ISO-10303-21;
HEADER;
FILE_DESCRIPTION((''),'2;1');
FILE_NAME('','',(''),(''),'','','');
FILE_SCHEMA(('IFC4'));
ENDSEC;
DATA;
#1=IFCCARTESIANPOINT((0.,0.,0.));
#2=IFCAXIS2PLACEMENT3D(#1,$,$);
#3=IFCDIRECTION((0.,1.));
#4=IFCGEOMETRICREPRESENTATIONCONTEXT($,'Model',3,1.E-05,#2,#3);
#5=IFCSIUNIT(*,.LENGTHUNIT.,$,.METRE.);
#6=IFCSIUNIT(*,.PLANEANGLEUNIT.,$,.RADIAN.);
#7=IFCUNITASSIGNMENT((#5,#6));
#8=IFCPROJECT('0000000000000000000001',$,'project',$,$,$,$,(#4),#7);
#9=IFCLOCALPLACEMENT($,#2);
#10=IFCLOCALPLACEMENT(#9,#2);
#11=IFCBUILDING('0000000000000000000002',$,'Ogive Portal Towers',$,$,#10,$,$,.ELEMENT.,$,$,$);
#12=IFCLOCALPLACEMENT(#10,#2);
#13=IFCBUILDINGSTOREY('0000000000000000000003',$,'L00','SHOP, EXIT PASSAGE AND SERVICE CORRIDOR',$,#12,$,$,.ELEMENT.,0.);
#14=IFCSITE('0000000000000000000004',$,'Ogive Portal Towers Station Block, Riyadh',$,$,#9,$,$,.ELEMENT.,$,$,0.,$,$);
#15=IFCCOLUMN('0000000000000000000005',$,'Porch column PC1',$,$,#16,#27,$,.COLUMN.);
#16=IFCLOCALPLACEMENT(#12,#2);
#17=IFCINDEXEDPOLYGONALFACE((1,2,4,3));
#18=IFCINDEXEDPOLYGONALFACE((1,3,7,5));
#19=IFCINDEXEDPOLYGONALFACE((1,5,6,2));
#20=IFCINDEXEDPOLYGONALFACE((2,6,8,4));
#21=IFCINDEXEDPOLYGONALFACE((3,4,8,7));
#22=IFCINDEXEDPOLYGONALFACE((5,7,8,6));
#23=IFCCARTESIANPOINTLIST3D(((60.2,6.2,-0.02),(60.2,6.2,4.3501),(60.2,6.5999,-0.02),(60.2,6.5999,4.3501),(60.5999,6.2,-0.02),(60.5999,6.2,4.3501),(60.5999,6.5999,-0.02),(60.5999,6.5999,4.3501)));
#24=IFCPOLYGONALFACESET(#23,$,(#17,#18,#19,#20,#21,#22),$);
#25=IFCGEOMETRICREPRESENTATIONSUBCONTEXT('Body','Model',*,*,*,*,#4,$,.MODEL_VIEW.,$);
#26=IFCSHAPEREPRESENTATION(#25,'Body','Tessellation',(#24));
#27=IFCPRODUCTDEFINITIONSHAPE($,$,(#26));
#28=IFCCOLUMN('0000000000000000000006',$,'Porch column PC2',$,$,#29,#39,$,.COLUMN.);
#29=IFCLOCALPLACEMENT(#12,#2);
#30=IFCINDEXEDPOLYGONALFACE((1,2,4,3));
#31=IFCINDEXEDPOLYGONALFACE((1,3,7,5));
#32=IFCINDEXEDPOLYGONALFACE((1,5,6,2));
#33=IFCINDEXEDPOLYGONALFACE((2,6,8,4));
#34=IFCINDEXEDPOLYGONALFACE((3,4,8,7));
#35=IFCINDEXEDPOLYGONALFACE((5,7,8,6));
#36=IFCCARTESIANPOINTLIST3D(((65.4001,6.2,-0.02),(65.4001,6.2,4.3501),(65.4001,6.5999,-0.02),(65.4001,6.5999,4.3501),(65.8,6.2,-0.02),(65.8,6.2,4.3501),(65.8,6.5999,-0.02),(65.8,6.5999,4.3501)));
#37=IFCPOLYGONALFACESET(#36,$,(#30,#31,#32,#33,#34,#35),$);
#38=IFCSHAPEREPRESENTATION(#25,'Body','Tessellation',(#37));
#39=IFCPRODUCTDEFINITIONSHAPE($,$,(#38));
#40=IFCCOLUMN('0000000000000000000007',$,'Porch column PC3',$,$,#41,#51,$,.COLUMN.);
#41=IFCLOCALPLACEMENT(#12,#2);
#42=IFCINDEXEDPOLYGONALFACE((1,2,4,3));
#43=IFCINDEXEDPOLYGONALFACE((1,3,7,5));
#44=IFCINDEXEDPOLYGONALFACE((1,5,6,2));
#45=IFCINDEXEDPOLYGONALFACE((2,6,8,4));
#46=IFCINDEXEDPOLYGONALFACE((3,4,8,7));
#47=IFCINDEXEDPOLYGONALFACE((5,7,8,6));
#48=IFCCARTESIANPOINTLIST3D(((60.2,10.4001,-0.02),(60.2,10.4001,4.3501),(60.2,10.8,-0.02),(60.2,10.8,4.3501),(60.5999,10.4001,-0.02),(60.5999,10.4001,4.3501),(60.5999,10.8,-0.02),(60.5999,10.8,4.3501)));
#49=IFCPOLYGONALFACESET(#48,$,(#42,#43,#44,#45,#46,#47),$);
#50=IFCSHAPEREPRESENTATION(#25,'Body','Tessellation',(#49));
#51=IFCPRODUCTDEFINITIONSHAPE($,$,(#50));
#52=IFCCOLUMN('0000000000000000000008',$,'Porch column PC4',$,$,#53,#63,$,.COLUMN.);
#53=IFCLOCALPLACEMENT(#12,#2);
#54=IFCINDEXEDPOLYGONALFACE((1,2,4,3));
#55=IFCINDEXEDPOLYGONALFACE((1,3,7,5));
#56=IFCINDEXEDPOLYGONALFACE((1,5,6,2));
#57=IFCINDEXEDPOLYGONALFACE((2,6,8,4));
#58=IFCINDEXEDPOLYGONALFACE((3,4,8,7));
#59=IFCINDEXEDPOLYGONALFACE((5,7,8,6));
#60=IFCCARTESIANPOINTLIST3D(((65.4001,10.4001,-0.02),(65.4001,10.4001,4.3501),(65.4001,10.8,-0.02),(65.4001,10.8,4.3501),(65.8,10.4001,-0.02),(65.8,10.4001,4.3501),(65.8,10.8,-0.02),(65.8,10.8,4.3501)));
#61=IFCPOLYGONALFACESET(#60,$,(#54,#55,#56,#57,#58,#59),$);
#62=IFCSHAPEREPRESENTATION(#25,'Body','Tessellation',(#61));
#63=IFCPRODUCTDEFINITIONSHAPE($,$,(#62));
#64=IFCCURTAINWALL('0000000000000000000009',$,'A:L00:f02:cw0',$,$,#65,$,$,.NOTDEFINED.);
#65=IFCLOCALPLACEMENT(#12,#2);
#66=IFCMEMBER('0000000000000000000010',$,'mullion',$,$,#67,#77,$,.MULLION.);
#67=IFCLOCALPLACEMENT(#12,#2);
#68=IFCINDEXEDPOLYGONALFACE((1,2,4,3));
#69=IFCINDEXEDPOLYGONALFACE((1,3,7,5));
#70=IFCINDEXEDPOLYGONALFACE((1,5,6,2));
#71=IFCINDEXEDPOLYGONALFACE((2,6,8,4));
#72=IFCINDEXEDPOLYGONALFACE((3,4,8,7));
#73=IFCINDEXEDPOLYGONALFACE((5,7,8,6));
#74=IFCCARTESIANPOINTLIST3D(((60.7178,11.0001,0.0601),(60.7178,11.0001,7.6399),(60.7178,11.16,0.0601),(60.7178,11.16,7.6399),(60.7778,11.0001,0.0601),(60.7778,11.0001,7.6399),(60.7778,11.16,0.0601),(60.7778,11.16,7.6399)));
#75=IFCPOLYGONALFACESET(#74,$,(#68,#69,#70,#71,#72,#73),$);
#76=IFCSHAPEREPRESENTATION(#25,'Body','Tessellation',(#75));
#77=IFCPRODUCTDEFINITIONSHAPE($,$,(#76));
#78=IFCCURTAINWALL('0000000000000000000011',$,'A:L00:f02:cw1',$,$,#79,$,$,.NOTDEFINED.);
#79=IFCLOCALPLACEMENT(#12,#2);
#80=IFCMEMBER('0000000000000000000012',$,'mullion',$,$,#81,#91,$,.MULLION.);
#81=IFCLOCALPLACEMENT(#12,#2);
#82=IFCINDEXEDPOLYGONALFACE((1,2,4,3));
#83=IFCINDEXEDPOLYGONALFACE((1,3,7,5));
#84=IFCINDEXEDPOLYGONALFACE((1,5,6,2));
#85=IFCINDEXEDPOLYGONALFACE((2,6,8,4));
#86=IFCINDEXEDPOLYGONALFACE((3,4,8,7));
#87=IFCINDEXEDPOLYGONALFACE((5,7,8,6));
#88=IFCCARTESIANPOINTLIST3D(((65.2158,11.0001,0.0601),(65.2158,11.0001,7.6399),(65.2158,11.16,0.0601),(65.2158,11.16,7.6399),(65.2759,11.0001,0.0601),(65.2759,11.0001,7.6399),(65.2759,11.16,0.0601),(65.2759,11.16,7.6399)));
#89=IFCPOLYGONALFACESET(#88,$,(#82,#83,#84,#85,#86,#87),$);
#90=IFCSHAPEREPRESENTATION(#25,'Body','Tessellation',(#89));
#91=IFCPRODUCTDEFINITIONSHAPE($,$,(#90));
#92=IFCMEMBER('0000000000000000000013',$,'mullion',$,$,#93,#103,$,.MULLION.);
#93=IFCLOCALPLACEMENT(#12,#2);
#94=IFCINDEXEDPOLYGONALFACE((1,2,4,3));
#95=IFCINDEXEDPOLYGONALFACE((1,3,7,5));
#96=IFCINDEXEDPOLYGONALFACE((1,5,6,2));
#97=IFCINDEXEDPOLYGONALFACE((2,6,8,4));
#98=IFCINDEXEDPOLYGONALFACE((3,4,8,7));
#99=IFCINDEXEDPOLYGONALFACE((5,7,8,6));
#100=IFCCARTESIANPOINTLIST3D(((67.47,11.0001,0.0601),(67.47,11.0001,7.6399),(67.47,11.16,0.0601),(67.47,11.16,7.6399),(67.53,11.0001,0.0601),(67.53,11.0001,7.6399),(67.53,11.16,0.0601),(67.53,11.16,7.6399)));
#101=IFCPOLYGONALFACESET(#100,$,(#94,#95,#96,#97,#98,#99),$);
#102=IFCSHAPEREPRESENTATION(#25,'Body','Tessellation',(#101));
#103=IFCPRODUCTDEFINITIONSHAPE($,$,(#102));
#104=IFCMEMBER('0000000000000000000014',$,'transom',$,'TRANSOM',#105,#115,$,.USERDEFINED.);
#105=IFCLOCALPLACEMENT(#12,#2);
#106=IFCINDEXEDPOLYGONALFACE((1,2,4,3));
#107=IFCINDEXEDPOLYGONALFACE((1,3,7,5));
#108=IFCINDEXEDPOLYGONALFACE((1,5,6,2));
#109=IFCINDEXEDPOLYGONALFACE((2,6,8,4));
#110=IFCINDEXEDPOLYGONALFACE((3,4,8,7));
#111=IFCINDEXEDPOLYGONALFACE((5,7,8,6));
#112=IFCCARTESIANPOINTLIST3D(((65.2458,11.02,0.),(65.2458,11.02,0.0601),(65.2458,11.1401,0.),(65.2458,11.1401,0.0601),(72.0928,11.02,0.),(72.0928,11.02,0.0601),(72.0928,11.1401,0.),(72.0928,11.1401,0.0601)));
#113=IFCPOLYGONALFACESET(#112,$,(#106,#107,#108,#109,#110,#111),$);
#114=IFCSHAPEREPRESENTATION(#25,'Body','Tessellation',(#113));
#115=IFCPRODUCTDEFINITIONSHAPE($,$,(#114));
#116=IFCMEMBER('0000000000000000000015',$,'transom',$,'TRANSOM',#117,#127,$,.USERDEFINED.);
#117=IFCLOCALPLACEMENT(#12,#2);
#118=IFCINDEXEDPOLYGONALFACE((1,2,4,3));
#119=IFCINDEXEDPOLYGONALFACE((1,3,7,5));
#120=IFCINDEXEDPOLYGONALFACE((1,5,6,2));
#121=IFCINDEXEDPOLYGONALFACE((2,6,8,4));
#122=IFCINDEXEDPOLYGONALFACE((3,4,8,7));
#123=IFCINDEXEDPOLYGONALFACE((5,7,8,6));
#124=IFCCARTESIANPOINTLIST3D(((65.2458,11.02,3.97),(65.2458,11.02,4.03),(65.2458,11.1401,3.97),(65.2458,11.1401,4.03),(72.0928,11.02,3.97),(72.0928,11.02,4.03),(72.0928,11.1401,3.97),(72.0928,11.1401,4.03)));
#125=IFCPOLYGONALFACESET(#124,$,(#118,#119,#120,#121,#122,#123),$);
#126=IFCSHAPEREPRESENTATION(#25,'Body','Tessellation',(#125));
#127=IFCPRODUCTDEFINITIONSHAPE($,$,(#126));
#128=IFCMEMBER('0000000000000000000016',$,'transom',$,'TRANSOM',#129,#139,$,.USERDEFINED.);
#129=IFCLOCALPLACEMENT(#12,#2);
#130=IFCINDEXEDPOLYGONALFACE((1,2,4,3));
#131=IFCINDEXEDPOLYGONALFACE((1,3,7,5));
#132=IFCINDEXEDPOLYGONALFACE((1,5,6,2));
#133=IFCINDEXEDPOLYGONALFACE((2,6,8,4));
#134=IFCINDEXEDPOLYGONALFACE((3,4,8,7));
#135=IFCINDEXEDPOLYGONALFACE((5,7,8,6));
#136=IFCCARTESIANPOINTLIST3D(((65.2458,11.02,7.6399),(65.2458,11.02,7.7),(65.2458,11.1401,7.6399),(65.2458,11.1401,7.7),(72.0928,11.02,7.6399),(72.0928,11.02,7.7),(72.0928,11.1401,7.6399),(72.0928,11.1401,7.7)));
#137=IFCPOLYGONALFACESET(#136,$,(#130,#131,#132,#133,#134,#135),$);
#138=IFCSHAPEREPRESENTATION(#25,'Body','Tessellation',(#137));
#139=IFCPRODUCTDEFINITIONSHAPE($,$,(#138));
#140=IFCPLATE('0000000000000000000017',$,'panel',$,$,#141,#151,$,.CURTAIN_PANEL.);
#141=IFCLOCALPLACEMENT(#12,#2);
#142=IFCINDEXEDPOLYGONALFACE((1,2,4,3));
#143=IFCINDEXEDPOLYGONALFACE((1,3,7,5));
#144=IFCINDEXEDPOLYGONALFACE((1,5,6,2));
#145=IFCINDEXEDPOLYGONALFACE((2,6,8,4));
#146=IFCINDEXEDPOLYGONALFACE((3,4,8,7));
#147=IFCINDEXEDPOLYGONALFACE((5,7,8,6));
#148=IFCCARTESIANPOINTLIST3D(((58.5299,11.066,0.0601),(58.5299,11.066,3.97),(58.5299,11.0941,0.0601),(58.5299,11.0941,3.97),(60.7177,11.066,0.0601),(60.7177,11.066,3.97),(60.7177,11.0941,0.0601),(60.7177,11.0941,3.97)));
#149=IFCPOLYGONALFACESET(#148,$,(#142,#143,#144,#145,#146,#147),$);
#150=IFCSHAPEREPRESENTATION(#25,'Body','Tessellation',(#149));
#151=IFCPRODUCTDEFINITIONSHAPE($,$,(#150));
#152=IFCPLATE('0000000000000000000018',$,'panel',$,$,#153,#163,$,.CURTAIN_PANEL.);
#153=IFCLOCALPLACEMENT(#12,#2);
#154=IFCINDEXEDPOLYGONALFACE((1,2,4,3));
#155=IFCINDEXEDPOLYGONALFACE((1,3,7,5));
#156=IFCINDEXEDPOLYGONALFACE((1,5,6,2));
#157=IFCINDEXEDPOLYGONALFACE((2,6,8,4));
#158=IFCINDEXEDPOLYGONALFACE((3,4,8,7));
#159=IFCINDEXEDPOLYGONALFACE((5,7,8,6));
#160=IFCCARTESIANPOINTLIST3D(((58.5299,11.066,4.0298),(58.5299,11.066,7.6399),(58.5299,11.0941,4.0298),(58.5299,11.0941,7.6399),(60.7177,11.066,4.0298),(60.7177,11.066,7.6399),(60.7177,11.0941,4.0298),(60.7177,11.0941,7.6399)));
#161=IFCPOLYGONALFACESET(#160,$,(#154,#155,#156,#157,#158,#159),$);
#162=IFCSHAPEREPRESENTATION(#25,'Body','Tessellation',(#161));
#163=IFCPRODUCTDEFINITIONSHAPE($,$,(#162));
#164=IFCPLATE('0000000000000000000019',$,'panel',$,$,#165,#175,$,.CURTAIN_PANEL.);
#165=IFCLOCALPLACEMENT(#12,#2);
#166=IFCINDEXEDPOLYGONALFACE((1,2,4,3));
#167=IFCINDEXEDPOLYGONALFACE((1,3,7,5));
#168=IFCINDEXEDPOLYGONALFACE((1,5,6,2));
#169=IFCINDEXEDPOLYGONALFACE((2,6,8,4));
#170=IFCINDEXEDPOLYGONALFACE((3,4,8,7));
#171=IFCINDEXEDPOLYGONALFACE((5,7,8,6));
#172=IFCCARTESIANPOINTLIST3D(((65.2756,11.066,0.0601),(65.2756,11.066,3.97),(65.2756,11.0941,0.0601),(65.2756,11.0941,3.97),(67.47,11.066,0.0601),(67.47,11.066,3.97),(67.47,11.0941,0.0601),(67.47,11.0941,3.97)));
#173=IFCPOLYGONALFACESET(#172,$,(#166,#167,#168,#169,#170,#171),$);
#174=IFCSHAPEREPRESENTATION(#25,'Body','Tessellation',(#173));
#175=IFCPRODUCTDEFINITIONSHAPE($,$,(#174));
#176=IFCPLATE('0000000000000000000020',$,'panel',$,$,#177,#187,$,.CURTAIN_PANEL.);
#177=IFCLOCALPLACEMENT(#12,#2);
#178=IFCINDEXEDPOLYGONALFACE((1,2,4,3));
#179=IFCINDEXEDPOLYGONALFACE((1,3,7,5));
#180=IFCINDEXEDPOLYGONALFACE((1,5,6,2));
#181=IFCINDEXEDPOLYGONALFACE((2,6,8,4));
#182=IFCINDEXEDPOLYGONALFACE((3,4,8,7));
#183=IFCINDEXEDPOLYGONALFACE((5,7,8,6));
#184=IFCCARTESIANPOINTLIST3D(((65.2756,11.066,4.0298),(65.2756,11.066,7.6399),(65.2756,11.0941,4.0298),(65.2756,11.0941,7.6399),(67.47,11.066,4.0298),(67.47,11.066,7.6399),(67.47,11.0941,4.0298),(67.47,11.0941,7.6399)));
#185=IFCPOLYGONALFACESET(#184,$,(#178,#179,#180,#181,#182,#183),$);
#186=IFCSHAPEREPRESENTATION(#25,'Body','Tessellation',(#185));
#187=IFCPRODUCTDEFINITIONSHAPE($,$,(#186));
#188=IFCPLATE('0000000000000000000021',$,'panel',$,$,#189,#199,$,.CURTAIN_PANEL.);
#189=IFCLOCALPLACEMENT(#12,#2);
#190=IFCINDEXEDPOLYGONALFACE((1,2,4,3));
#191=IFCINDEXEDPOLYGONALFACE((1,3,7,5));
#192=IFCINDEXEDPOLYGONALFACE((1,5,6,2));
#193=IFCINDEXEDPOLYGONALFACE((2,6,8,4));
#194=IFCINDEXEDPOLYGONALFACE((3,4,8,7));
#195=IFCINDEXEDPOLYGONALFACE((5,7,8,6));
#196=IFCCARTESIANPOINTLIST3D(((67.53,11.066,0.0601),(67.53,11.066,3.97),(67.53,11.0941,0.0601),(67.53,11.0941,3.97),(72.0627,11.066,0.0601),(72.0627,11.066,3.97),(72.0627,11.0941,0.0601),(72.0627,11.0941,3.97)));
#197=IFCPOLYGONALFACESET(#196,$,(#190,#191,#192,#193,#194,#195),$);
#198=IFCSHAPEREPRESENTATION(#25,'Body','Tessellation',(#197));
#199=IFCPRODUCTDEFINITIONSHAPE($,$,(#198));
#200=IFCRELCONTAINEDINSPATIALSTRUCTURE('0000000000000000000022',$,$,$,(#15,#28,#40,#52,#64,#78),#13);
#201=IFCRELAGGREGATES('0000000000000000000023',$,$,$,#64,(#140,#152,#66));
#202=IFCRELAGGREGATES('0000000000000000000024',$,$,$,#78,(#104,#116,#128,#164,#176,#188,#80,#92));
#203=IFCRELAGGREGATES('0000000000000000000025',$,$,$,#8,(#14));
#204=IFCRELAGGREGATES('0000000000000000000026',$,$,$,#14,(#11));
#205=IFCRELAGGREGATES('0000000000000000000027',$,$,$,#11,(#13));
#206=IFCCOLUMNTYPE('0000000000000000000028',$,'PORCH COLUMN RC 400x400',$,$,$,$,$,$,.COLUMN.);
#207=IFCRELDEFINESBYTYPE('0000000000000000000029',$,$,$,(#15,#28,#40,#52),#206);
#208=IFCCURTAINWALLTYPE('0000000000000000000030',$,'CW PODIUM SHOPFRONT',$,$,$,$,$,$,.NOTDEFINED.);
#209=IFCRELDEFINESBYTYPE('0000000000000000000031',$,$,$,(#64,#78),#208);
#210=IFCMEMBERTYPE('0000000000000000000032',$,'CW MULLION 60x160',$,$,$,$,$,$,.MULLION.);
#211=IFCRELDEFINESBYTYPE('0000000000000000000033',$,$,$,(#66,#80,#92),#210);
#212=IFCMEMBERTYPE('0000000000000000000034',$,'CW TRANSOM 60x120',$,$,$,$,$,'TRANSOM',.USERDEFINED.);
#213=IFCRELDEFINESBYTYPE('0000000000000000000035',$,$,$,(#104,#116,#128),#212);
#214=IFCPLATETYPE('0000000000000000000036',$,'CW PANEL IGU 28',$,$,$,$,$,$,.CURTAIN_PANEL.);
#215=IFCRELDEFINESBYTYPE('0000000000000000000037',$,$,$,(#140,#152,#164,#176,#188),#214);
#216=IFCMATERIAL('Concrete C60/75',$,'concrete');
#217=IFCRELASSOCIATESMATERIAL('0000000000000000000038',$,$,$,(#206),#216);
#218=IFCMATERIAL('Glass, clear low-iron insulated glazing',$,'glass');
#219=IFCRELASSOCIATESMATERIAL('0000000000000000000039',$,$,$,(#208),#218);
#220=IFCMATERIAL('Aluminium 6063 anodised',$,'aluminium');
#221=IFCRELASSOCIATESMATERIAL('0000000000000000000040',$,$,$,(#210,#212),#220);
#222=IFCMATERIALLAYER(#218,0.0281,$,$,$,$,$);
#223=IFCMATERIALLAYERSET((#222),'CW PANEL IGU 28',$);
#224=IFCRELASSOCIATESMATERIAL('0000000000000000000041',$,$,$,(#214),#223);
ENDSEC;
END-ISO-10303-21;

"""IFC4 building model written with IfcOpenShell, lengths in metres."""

from ifc_helpers import new_model, si_unit, direction, frame, origin, origin_2d, place, context, subcontext, project, spatial, rectangle, extrude, material, layer, layer_set, material_profile, profile_set, type_object, element, aggregate, save


model = new_model("IFC4")

# Units and contexts
model_context = context("Model", 3, precision=1e-05, world=origin(), true_north=direction((0.0, 1.0)))
body_context = subcontext(model_context, "Body", "Model", "MODEL_VIEW")
ifc_project = project(units=[si_unit("LENGTHUNIT", "METRE"), si_unit("PLANEANGLEUNIT", "RADIAN")], contexts=[model_context])

# Site, building, storey
site_placement = place(None, origin())
site = spatial("IfcSite", under=ifc_project, at=site_placement, Name="Ogive Portal Towers Station Block, Riyadh", CompositionType="ELEMENT", RefElevation=0.0)
building_placement = place(site_placement, origin())
building = spatial("IfcBuilding", under=site, at=building_placement, Name="Ogive Portal Towers", CompositionType="ELEMENT")
storey_placement = place(building_placement, origin())
storey = spatial("IfcBuildingStorey", under=building, at=storey_placement, Name="L00", Description="SHOP, EXIT PASSAGE AND SERVICE CORRIDOR", CompositionType="ELEMENT", Elevation=0.0)

# Columns
ifc_material_1 = material(Name="Concrete C60/75", Category="concrete")
ifc_material_profile_1 = material_profile(ifc_material_1, rectangle(XDim=0.3999, YDim=0.3999, at=origin_2d()), Name="RC 400x400")
ifc_profile_set_1 = profile_set([ifc_material_profile_1], Name="Concrete C60/75")
column_type = type_object("IfcColumnType", Name="PORCH COLUMN RC 400x400", PredefinedType="COLUMN", material=ifc_profile_set_1)
for number, where, z_axis, x_axis, name in (
    (1, (60.3999, 6.3999, -0.02), (0.0, 0.0, 1.0), (1.0, 0.0, 0.0), "Porch column PC1"),
    (2, (65.6001, 6.3999, -0.02), (0.0, 0.0, 1.0), (1.0, 0.0, 0.0), "Porch column PC2"),
    (3, (60.3999, 10.6001, -0.02), (0.0, 0.0, 1.0), (1.0, 0.0, 0.0), "Porch column PC3"),
    (4, (65.6001, 10.6001, -0.02), (0.0, 0.0, 1.0), (1.0, 0.0, 0.0), "Porch column PC4"),
):
    element("IfcColumn", number, at=place(storey_placement, frame(where, z_axis=z_axis, x_axis=x_axis)), inside=storey, type_object=column_type, Name=name, PredefinedType="COLUMN", context=body_context, shape_type="SweptSolid", body=[
        extrude(rectangle(XDim=0.3999, YDim=0.3999, at=origin_2d()), origin(), (0.0, 0.0, 1.0), 4.3701),
    ])

# Curtain wall, member
ifc_material_2 = material(Name="Glass, clear low-iron insulated glazing", Category="glass")
curtain_wall_type = type_object("IfcCurtainWallType", Name="CW PODIUM SHOPFRONT", PredefinedType="NOTDEFINED", material=ifc_material_2)
curtain_wall_1_placement = place(storey_placement, origin())
curtain_wall_1 = element("IfcCurtainWall", 5, at=curtain_wall_1_placement, inside=storey, type_object=curtain_wall_type, Name="A:L00:f02:cw0", PredefinedType="NOTDEFINED")
ifc_material_3 = material(Name="Aluminium 6063 anodised", Category="aluminium")
ifc_material_profile_2 = material_profile(ifc_material_3, rectangle(XDim=0.1599, YDim=0.0601, at=origin_2d()), Name="AL 60x160")
ifc_profile_set_2 = profile_set([ifc_material_profile_2], Name="Aluminium 6063 anodised")
member_type_1 = type_object("IfcMemberType", Name="CW MULLION 60x160", PredefinedType="MULLION", material=ifc_profile_set_2)
member_1_placement = place(storey_placement, frame((60.7478, 11.0801, 0.0601), z_axis=(0.0, 0.0, 1.0), x_axis=(0.0, 1.0, 0.0)))
member_1 = element("IfcMember", 6, at=member_1_placement, type_object=member_type_1, Name="mullion", PredefinedType="MULLION", context=body_context, shape_type="SweptSolid", body=[
    extrude(rectangle(XDim=0.1599, YDim=0.0601, at=origin_2d()), origin(), (0.0, 0.0, 1.0), 7.5798),
])

# Curtain wall, members
curtain_wall_2_placement = place(storey_placement, origin())
curtain_wall_2 = element("IfcCurtainWall", 7, at=curtain_wall_2_placement, inside=storey, type_object=curtain_wall_type, Name="A:L00:f02:cw1", PredefinedType="NOTDEFINED")
member_2_placement = place(storey_placement, frame((65.2458, 11.0801, 0.0601), z_axis=(0.0, 0.0, 1.0), x_axis=(0.0, 1.0, 0.0)))
member_2 = element("IfcMember", 8, at=member_2_placement, type_object=member_type_1, Name="mullion", PredefinedType="MULLION", context=body_context, shape_type="SweptSolid", body=[
    extrude(rectangle(XDim=0.1599, YDim=0.0601, at=origin_2d()), origin(), (0.0, 0.0, 1.0), 7.5798),
])
member_3_placement = place(storey_placement, frame((67.5, 11.0801, 0.0601), z_axis=(0.0, 0.0, 1.0), x_axis=(0.0, 1.0, 0.0)))
member_3 = element("IfcMember", 9, at=member_3_placement, type_object=member_type_1, Name="mullion", PredefinedType="MULLION", context=body_context, shape_type="SweptSolid", body=[
    extrude(rectangle(XDim=0.1599, YDim=0.0601, at=origin_2d()), origin(), (0.0, 0.0, 1.0), 7.5798),
])
ifc_material_profile_3 = material_profile(ifc_material_3, rectangle(XDim=0.1201, YDim=0.0601, at=origin_2d()), Name="AL 120x60")
ifc_profile_set_3 = profile_set([ifc_material_profile_3], Name="Aluminium 6063 anodised")
member_type_2 = type_object("IfcMemberType", Name="CW TRANSOM 60x120", ElementType="TRANSOM", PredefinedType="USERDEFINED", material=ifc_profile_set_3)
member_4_placement = place(storey_placement, frame((65.2458, 11.0801, 0.03), z_axis=(1.0, 0.0, 0.0), x_axis=(0.0, 1.0, 0.0)))
member_4 = element("IfcMember", 10, at=member_4_placement, type_object=member_type_2, Name="transom", ObjectType="TRANSOM", PredefinedType="USERDEFINED", context=body_context, shape_type="SweptSolid", body=[
    extrude(rectangle(XDim=0.1201, YDim=0.0601, at=origin_2d()), origin(), (0.0, 0.0, 1.0), 6.8469),
])
member_5_placement = place(storey_placement, frame((65.2458, 11.0801, 4.0), z_axis=(1.0, 0.0, 0.0), x_axis=(0.0, 1.0, 0.0)))
member_5 = element("IfcMember", 11, at=member_5_placement, type_object=member_type_2, Name="transom", ObjectType="TRANSOM", PredefinedType="USERDEFINED", context=body_context, shape_type="SweptSolid", body=[
    extrude(rectangle(XDim=0.1201, YDim=0.0601, at=origin_2d()), origin(), (0.0, 0.0, 1.0), 6.8469),
])
member_6_placement = place(storey_placement, frame((65.2458, 11.0801, 7.6699), z_axis=(1.0, 0.0, 0.0), x_axis=(0.0, 1.0, 0.0)))
member_6 = element("IfcMember", 12, at=member_6_placement, type_object=member_type_2, Name="transom", ObjectType="TRANSOM", PredefinedType="USERDEFINED", context=body_context, shape_type="SweptSolid", body=[
    extrude(rectangle(XDim=0.1201, YDim=0.0601, at=origin_2d()), origin(), (0.0, 0.0, 1.0), 6.8469),
])

# Plates
ifc_layer_1 = layer(ifc_material_2, 0.0281)
ifc_layer_set_1 = layer_set([ifc_layer_1], Name="CW PANEL IGU 28")
plate_type = type_object("IfcPlateType", Name="CW PANEL IGU 28", PredefinedType="CURTAIN_PANEL", material=ifc_layer_set_1)
plate_1_placement = place(storey_placement, frame((59.6238, 11.0801, 0.0601), z_axis=(0.0, 0.0, 1.0), x_axis=(1.0, 0.0, 0.0)))
plate_1 = element("IfcPlate", 13, at=plate_1_placement, type_object=plate_type, Name="panel", PredefinedType="CURTAIN_PANEL", context=body_context, shape_type="SweptSolid", body=[
    extrude(rectangle(XDim=2.1877, YDim=0.0281, at=origin_2d()), origin(), (0.0, 0.0, 1.0), 3.9099),
])
plate_2_placement = place(storey_placement, frame((59.6238, 11.0801, 4.0298), z_axis=(0.0, 0.0, 1.0), x_axis=(1.0, 0.0, 0.0)))
plate_2 = element("IfcPlate", 14, at=plate_2_placement, type_object=plate_type, Name="panel", PredefinedType="CURTAIN_PANEL", context=body_context, shape_type="SweptSolid", body=[
    extrude(rectangle(XDim=2.1877, YDim=0.0281, at=origin_2d()), origin(), (0.0, 0.0, 1.0), 3.6101),
])
aggregate(curtain_wall_1, [plate_1, plate_2, member_1])
plate_3_placement = place(storey_placement, frame((66.3728, 11.0801, 0.0601), z_axis=(0.0, 0.0, 1.0), x_axis=(1.0, 0.0, 0.0)))
plate_3 = element("IfcPlate", 15, at=plate_3_placement, type_object=plate_type, Name="panel", PredefinedType="CURTAIN_PANEL", context=body_context, shape_type="SweptSolid", body=[
    extrude(rectangle(XDim=2.1943, YDim=0.0281, at=origin_2d()), origin(), (0.0, 0.0, 1.0), 3.9099),
])
plate_4_placement = place(storey_placement, frame((66.3728, 11.0801, 4.0298), z_axis=(0.0, 0.0, 1.0), x_axis=(1.0, 0.0, 0.0)))
plate_4 = element("IfcPlate", 16, at=plate_4_placement, type_object=plate_type, Name="panel", PredefinedType="CURTAIN_PANEL", context=body_context, shape_type="SweptSolid", body=[
    extrude(rectangle(XDim=2.1943, YDim=0.0281, at=origin_2d()), origin(), (0.0, 0.0, 1.0), 3.6101),
])
plate_5_placement = place(storey_placement, frame((69.7964, 11.0801, 0.0601), z_axis=(0.0, 0.0, 1.0), x_axis=(1.0, 0.0, 0.0)))
plate_5 = element("IfcPlate", 17, at=plate_5_placement, type_object=plate_type, Name="panel", PredefinedType="CURTAIN_PANEL", context=body_context, shape_type="SweptSolid", body=[
    extrude(rectangle(XDim=4.5327, YDim=0.0281, at=origin_2d()), origin(), (0.0, 0.0, 1.0), 3.9099),
])
aggregate(curtain_wall_2, [member_4, member_5, member_6, plate_3, plate_4, plate_5, member_2, member_3])

save(model, "model.ifc")
